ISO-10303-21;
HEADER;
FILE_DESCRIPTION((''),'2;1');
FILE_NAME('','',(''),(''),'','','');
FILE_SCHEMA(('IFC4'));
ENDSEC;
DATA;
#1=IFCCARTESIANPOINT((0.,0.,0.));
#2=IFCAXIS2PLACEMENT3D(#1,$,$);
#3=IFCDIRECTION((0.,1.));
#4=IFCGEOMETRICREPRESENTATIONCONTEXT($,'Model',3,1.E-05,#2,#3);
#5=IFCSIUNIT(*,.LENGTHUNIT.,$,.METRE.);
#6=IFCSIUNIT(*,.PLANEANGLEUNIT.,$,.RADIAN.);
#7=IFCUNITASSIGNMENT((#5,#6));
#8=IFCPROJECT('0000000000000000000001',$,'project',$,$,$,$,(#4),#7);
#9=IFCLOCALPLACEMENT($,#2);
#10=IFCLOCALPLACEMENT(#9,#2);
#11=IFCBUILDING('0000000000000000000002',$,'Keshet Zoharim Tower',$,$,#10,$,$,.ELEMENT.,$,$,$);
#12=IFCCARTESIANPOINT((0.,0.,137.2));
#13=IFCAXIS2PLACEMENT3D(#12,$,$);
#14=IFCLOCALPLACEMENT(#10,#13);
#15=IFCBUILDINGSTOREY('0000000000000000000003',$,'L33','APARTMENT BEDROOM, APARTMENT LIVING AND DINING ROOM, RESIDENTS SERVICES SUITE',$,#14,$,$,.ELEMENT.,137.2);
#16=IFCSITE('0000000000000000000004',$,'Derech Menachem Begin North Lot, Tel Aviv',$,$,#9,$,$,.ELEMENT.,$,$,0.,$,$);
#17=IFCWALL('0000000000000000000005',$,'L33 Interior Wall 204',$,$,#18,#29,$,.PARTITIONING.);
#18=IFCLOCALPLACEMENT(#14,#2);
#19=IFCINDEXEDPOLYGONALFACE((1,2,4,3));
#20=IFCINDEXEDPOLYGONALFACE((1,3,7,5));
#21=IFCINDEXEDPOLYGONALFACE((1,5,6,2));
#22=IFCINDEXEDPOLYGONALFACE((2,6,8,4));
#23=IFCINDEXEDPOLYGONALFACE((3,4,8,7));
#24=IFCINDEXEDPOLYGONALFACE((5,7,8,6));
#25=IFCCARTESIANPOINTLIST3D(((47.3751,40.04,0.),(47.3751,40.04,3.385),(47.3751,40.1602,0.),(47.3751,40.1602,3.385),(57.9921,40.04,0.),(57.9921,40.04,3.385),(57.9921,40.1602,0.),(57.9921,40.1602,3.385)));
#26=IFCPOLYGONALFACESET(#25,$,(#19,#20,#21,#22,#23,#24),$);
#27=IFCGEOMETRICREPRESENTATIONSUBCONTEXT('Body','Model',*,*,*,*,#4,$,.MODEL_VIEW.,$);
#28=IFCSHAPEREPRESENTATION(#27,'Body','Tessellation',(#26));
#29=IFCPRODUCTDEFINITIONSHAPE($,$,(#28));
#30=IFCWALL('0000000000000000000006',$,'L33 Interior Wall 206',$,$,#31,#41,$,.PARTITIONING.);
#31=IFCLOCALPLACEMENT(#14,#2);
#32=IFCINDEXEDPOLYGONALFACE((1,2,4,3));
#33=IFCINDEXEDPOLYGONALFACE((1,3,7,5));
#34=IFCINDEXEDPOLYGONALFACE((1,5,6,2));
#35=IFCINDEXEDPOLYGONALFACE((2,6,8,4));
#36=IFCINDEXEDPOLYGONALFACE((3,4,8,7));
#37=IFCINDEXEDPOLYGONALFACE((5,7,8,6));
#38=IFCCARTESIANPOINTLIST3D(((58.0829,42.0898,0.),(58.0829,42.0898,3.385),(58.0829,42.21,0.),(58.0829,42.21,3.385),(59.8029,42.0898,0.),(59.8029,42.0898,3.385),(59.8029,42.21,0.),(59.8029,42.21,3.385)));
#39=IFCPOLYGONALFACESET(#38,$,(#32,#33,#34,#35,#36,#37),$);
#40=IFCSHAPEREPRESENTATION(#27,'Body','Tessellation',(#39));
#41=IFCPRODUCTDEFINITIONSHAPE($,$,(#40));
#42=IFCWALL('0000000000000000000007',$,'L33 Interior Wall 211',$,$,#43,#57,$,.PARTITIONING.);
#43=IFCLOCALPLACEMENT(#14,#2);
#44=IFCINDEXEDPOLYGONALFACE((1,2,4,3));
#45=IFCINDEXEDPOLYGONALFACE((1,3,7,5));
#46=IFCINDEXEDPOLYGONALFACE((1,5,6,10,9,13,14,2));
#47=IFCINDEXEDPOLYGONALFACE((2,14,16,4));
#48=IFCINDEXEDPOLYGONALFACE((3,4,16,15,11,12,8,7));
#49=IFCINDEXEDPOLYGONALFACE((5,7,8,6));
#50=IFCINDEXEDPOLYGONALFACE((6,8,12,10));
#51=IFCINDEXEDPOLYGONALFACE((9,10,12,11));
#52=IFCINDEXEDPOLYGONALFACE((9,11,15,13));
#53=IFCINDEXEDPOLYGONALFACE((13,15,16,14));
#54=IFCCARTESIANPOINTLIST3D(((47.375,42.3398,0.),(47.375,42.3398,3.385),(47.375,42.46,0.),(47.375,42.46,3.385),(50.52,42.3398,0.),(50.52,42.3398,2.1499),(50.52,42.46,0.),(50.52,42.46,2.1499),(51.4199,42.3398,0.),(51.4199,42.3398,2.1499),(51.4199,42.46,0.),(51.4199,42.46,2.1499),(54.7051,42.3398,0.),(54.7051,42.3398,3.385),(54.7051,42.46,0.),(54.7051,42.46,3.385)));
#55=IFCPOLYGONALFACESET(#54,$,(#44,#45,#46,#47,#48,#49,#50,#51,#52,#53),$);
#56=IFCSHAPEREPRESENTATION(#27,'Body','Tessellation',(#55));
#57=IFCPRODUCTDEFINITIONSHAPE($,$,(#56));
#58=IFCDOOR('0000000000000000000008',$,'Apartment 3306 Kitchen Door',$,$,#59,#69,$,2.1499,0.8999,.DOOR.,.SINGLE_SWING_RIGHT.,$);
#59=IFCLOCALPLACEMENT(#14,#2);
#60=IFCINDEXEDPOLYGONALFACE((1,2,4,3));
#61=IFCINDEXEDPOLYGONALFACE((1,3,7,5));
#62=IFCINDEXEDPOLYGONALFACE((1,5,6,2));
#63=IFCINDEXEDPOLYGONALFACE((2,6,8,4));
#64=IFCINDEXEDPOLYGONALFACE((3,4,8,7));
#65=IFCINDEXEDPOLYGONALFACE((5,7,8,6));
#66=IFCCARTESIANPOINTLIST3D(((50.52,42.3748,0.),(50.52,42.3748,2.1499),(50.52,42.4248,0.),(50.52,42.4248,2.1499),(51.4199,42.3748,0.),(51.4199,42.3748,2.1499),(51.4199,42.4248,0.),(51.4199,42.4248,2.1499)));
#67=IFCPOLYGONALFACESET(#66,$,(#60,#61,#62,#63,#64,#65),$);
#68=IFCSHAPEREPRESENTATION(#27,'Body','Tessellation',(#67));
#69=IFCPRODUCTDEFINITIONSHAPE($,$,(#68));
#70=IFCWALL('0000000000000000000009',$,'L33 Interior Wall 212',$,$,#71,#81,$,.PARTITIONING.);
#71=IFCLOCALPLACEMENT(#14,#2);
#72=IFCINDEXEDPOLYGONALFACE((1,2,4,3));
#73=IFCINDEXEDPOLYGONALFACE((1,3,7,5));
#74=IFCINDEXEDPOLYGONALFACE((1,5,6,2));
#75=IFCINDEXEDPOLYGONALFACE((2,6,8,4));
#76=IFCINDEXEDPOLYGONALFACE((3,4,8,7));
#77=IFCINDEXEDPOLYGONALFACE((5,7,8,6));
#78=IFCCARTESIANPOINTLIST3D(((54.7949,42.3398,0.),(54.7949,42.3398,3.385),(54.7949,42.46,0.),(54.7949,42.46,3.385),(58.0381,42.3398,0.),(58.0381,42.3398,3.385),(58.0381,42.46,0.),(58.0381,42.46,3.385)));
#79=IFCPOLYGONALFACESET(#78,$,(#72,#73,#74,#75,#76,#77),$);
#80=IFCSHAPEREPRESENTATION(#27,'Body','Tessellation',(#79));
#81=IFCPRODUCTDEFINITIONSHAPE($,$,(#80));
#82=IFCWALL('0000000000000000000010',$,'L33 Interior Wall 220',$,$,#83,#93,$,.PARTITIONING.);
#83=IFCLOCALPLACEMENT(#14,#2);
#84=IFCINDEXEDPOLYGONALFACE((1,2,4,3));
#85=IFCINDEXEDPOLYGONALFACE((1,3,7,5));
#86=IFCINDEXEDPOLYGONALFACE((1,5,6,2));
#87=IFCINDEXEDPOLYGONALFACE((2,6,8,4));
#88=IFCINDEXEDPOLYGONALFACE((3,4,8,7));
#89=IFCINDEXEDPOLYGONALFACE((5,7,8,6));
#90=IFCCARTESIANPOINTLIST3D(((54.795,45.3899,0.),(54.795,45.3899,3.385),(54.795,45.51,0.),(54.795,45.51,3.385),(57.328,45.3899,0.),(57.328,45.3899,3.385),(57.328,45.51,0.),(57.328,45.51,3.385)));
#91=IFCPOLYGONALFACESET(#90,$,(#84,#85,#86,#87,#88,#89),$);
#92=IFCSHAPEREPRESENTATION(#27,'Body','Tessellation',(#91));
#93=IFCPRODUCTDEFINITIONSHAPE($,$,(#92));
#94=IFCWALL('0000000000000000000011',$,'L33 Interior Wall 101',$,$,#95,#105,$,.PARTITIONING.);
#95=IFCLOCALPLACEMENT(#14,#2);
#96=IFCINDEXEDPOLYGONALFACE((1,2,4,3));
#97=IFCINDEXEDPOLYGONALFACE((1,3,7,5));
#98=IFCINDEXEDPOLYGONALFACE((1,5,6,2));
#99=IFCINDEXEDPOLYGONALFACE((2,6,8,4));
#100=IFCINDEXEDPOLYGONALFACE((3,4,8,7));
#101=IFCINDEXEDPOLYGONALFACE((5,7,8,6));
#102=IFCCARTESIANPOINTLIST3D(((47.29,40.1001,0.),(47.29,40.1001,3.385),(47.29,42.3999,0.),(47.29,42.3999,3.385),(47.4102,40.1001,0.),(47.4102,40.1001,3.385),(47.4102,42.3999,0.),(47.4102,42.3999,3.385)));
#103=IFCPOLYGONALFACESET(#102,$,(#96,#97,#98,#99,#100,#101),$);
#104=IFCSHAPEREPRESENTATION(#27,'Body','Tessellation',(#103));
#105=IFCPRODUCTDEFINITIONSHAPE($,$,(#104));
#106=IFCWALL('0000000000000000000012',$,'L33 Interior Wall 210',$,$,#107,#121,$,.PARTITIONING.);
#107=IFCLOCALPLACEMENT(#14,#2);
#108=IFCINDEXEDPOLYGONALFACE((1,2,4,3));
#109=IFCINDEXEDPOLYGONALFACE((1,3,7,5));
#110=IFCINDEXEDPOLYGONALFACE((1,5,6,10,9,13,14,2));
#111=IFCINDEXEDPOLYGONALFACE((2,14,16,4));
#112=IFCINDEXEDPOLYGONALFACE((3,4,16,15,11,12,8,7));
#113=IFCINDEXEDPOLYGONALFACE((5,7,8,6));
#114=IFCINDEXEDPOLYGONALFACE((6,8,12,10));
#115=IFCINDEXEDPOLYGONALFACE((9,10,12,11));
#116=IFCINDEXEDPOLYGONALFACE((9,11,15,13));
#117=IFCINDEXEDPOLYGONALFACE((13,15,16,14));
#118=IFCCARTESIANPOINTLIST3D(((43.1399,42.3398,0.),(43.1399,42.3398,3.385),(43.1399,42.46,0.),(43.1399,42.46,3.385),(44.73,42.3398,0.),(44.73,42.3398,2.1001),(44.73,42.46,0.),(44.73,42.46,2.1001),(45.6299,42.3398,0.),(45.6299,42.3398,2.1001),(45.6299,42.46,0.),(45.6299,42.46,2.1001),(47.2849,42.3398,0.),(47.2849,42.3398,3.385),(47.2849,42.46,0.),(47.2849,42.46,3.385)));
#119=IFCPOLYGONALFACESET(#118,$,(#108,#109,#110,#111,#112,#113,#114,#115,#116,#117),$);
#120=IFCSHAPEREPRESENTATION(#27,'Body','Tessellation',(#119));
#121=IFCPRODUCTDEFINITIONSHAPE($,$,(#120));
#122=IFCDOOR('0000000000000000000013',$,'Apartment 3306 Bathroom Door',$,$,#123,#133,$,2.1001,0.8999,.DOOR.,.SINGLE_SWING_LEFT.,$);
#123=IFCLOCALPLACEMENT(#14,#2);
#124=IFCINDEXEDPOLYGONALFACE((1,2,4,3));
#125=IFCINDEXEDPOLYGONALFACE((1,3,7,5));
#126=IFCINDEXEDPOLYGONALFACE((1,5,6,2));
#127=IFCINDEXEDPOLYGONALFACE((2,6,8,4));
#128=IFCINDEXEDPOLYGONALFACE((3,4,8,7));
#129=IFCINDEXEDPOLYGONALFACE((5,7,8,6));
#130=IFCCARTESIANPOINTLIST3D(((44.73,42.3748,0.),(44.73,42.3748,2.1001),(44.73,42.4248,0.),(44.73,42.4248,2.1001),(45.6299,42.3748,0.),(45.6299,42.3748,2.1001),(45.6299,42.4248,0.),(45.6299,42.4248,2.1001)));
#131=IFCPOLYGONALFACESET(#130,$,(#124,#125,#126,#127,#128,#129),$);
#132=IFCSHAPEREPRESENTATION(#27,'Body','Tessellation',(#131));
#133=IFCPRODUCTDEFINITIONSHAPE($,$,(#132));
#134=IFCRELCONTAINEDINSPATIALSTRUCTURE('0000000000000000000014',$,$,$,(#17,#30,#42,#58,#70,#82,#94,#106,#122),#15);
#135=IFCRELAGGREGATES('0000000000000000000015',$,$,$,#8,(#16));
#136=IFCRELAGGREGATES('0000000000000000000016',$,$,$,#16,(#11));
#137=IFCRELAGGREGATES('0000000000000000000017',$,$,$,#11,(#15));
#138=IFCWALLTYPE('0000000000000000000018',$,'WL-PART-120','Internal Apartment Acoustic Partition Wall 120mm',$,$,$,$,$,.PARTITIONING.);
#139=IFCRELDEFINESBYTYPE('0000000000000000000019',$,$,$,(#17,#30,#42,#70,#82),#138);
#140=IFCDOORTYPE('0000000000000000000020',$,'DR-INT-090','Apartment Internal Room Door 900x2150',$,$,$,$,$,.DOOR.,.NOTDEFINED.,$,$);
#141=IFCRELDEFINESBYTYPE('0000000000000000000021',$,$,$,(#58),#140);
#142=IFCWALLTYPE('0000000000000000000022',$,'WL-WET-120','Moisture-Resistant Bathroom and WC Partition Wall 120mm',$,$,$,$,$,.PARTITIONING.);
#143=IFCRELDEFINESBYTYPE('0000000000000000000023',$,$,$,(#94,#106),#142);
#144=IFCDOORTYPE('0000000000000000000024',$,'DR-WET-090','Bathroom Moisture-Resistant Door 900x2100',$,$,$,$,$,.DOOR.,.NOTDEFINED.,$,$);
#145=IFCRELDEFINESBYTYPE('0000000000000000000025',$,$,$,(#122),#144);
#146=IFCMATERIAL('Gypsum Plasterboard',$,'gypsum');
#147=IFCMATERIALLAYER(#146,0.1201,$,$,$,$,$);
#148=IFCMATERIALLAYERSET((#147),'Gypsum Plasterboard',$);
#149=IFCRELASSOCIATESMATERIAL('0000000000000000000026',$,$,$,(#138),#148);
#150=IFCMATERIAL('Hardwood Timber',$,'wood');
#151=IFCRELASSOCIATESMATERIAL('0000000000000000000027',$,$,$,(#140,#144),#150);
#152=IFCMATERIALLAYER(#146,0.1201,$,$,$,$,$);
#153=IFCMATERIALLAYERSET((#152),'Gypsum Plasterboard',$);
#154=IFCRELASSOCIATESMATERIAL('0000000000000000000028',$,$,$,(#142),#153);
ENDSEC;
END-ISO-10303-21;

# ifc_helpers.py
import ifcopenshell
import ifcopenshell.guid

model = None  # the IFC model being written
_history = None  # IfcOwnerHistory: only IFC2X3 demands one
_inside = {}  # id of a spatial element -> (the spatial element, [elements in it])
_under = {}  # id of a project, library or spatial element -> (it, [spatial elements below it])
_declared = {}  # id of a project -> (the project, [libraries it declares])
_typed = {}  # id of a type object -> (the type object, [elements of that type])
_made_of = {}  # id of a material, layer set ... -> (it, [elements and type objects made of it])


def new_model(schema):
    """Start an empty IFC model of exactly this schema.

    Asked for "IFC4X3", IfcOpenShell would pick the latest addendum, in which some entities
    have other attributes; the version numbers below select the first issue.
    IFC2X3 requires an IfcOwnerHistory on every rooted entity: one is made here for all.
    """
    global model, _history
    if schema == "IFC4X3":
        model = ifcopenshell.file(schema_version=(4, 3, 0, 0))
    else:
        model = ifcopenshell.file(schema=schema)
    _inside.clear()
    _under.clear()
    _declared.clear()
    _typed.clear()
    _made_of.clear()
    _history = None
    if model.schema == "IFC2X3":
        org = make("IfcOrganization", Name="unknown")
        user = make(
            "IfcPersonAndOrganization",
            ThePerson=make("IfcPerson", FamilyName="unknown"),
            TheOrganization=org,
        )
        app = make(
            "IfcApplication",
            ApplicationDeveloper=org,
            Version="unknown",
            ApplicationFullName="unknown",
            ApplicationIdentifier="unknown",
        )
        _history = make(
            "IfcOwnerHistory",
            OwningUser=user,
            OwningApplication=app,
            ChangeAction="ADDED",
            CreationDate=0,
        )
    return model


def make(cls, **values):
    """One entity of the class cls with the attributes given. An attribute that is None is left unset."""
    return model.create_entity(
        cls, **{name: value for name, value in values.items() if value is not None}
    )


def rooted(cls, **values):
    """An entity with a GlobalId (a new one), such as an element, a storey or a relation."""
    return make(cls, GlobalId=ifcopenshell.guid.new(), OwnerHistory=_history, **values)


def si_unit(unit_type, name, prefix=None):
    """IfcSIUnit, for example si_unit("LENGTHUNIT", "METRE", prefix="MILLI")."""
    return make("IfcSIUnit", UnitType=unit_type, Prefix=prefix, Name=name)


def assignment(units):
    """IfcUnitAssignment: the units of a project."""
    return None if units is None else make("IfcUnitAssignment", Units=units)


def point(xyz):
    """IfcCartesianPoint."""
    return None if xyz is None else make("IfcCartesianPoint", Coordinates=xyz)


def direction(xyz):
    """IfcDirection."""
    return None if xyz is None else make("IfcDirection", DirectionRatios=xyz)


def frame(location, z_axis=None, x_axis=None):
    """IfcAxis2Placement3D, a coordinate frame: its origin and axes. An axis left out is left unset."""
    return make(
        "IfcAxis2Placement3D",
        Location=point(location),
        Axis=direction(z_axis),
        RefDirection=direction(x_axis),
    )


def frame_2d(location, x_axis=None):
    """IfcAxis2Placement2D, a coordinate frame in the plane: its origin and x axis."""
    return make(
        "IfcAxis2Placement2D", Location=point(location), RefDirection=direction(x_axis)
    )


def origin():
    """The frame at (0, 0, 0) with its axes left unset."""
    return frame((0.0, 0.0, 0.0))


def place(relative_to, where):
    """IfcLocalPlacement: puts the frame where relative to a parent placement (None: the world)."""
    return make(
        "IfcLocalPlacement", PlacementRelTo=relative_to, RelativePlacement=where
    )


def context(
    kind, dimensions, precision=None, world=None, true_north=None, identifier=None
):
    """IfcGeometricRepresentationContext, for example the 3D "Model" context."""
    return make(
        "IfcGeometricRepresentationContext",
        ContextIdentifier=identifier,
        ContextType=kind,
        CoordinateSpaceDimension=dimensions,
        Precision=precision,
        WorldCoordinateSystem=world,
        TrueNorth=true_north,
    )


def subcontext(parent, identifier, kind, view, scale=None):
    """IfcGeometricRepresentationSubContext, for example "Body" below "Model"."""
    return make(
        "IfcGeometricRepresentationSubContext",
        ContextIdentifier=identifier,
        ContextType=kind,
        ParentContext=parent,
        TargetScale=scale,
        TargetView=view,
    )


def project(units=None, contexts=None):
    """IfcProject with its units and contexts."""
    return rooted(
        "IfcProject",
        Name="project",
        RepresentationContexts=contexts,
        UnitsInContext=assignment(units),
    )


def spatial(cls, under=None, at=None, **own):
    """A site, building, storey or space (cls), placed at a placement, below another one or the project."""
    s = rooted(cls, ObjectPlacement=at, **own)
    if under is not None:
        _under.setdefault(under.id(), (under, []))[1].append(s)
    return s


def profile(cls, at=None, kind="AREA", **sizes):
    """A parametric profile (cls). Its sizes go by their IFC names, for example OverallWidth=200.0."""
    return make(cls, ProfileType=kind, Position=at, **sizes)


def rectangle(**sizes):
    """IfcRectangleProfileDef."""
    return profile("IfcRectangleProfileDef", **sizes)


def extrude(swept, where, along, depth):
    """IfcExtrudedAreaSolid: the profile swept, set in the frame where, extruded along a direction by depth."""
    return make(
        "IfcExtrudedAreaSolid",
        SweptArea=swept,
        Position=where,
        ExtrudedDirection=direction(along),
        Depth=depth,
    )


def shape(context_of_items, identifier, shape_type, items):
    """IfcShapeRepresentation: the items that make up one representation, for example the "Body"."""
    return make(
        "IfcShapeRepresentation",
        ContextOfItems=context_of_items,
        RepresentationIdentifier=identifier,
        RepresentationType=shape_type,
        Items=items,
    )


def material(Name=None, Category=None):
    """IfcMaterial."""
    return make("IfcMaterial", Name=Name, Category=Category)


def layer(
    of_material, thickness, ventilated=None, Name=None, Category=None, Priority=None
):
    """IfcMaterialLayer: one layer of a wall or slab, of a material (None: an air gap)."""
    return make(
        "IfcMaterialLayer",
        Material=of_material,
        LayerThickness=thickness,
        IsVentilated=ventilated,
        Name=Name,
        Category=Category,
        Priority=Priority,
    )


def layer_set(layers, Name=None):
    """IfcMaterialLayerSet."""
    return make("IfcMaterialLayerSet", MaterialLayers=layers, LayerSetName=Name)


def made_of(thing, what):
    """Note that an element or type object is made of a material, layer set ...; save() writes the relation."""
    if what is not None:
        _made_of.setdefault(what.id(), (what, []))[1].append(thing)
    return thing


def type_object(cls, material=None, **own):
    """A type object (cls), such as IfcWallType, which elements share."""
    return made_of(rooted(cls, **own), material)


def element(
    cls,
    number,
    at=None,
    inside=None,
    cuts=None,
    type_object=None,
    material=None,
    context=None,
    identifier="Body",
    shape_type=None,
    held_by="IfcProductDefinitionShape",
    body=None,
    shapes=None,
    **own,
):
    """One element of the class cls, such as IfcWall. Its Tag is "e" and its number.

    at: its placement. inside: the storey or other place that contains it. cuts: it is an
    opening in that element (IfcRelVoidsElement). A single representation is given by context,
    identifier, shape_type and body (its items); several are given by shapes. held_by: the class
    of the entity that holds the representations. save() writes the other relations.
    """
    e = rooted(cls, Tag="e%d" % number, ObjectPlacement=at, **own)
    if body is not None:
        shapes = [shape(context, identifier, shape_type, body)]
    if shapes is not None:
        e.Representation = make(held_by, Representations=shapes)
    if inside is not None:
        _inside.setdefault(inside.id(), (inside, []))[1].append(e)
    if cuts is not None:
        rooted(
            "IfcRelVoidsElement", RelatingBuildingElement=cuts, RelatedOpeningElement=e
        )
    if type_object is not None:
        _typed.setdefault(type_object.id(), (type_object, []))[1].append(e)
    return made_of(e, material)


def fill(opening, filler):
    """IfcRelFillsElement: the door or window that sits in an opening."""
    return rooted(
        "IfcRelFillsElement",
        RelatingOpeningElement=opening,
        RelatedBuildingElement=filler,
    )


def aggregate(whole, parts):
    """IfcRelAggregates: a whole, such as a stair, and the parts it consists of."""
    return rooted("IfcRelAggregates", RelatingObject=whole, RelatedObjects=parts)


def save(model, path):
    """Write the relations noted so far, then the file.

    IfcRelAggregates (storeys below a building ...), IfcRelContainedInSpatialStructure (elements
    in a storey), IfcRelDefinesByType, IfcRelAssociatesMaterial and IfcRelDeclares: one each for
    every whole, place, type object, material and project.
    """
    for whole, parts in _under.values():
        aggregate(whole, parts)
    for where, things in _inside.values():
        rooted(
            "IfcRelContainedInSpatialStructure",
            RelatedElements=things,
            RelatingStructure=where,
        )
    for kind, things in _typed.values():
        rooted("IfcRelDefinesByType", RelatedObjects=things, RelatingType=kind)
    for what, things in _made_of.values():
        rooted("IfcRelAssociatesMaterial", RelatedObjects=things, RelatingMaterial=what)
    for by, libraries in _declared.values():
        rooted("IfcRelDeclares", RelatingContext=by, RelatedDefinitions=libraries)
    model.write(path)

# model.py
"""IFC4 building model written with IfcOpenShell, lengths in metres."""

from ifc_helpers import new_model, si_unit, direction, frame, frame_2d, origin, place, context, subcontext, project, spatial, rectangle, extrude, material, layer, layer_set, type_object, element, fill, save


model = new_model("IFC4")

# Units and contexts
model_context = context("Model", 3, precision=1e-05, world=origin(), true_north=direction((0.0, 1.0)))
body_context = subcontext(model_context, "Body", "Model", "MODEL_VIEW")
ifc_project = project(units=[si_unit("LENGTHUNIT", "METRE"), si_unit("PLANEANGLEUNIT", "RADIAN")], contexts=[model_context])

# Site, building, storey
site_placement = place(None, origin())
site = spatial("IfcSite", under=ifc_project, at=site_placement, Name="Derech Menachem Begin North Lot, Tel Aviv", CompositionType="ELEMENT", RefElevation=0.0)
building_placement = place(site_placement, origin())
building = spatial("IfcBuilding", under=site, at=building_placement, Name="Keshet Zoharim Tower", CompositionType="ELEMENT")
storey_placement = place(building_placement, frame((0.0, 0.0, 137.2)))
storey = spatial("IfcBuildingStorey", under=building, at=storey_placement, Name="L33", Description="APARTMENT BEDROOM, APARTMENT LIVING AND DINING ROOM, RESIDENTS SERVICES SUITE", CompositionType="ELEMENT", Elevation=137.2)

# Shared definitions
ifc_material_1 = material(Name="Gypsum Plasterboard", Category="gypsum")
ifc_layer_1 = layer(ifc_material_1, 0.1201)
ifc_layer_set_1 = layer_set([ifc_layer_1], Name="Gypsum Plasterboard")
wall_type_1 = type_object("IfcWallType", Name="WL-PART-120", Description="Internal Apartment Acoustic Partition Wall 120mm", PredefinedType="PARTITIONING", material=ifc_layer_set_1)

# Shared definitions
ifc_material_2 = material(Name="Hardwood Timber", Category="wood")
door_type_1 = type_object("IfcDoorType", Name="DR-INT-090", Description="Apartment Internal Room Door 900x2150", OperationType="NOTDEFINED", PredefinedType="DOOR", material=ifc_material_2)

# Walls
wall_1_placement = place(storey_placement, frame((47.375, 40.1001, 0.0), z_axis=(0.0, 0.0, 1.0), x_axis=(1.0, 0.0, 0.0)))
element("IfcWall", 1, at=wall_1_placement, inside=storey, type_object=wall_type_1, Name="L33 Interior Wall 204", PredefinedType="PARTITIONING", context=body_context, shape_type="SweptSolid", body=[
    extrude(rectangle(XDim=10.6169, YDim=0.1201, at=frame_2d((5.3086, 0.0))), origin(), (0.0, 0.0, 1.0), 3.385),
])
wall_2_placement = place(storey_placement, frame((58.083, 42.1499, 0.0), z_axis=(0.0, 0.0, 1.0), x_axis=(1.0, 0.0, 0.0)))
element("IfcWall", 2, at=wall_2_placement, inside=storey, type_object=wall_type_1, Name="L33 Interior Wall 206", PredefinedType="PARTITIONING", context=body_context, shape_type="SweptSolid", body=[
    extrude(rectangle(XDim=1.72, YDim=0.1201, at=frame_2d((0.8599, 0.0))), origin(), (0.0, 0.0, 1.0), 3.385),
])

# Wall, opening, door
wall_3_placement = place(storey_placement, frame((47.375, 42.3999, 0.0), z_axis=(0.0, 0.0, 1.0), x_axis=(1.0, 0.0, 0.0)))
wall_3 = element("IfcWall", 3, at=wall_3_placement, inside=storey, type_object=wall_type_1, Name="L33 Interior Wall 211", PredefinedType="PARTITIONING", context=body_context, shape_type="SweptSolid", body=[
    extrude(rectangle(XDim=7.3301, YDim=0.1201, at=frame_2d((3.665, 0.0))), origin(), (0.0, 0.0, 1.0), 3.385),
])
opening_1_placement = place(wall_3_placement, frame((3.145, 0.0, 0.0)))
opening_1 = element("IfcOpeningElement", 4, at=opening_1_placement, cuts=wall_3, PredefinedType="OPENING", context=body_context, shape_type="SweptSolid", body=[
    extrude(rectangle(XDim=0.8999, YDim=2.1499, at=frame_2d((0.45, 1.075))), frame((0.0, 0.0701, 0.0), z_axis=(0.0, -1.0, 0.0), x_axis=(1.0, 0.0, 0.0)), (0.0, 0.0, 1.0), 0.1401),
])
door_1_placement = place(opening_1_placement, origin())
door_1 = element("IfcDoor", 5, at=door_1_placement, inside=storey, type_object=door_type_1, Name="Apartment 3306 Kitchen Door", OperationType="SINGLE_SWING_RIGHT", OverallHeight=2.1499, OverallWidth=0.8999, PredefinedType="DOOR", context=body_context, shape_type="SweptSolid", body=[
    extrude(rectangle(XDim=0.8999, YDim=2.1499, at=frame_2d((0.45, 1.075))), frame((0.0, 0.0249, 0.0), z_axis=(0.0, -1.0, 0.0), x_axis=(1.0, 0.0, 0.0)), (0.0, 0.0, 1.0), 0.05),
])
fill(opening_1, door_1)

# Walls
wall_4_placement = place(storey_placement, frame((54.7949, 42.3999, 0.0), z_axis=(0.0, 0.0, 1.0), x_axis=(1.0, 0.0, 0.0)))
element("IfcWall", 6, at=wall_4_placement, inside=storey, type_object=wall_type_1, Name="L33 Interior Wall 212", PredefinedType="PARTITIONING", context=body_context, shape_type="SweptSolid", body=[
    extrude(rectangle(XDim=3.2432, YDim=0.1201, at=frame_2d((1.6216, 0.0))), origin(), (0.0, 0.0, 1.0), 3.385),
])
wall_5_placement = place(storey_placement, frame((54.7949, 45.45, 0.0), z_axis=(0.0, 0.0, 1.0), x_axis=(1.0, 0.0, 0.0)))
element("IfcWall", 7, at=wall_5_placement, inside=storey, type_object=wall_type_1, Name="L33 Interior Wall 220", PredefinedType="PARTITIONING", context=body_context, shape_type="SweptSolid", body=[
    extrude(rectangle(XDim=2.533, YDim=0.1201, at=frame_2d((1.2666, 0.0))), origin(), (0.0, 0.0, 1.0), 3.385),
])
ifc_layer_2 = layer(ifc_material_1, 0.1201)
ifc_layer_set_2 = layer_set([ifc_layer_2], Name="Gypsum Plasterboard")
wall_type_2 = type_object("IfcWallType", Name="WL-WET-120", Description="Moisture-Resistant Bathroom and WC Partition Wall 120mm", PredefinedType="PARTITIONING", material=ifc_layer_set_2)
wall_6_placement = place(storey_placement, frame((47.3501, 40.1001, 0.0), z_axis=(0.0, 0.0, 1.0), x_axis=(0.0, 1.0, 0.0)))
element("IfcWall", 8, at=wall_6_placement, inside=storey, type_object=wall_type_2, Name="L33 Interior Wall 101", PredefinedType="PARTITIONING", context=body_context, shape_type="SweptSolid", body=[
    extrude(rectangle(XDim=2.2998, YDim=0.1201, at=frame_2d((1.1499, 0.0))), origin(), (0.0, 0.0, 1.0), 3.385),
])

# Wall, opening, door
wall_7_placement = place(storey_placement, frame((43.1399, 42.3999, 0.0), z_axis=(0.0, 0.0, 1.0), x_axis=(1.0, 0.0, 0.0)))
wall_7 = element("IfcWall", 9, at=wall_7_placement, inside=storey, type_object=wall_type_2, Name="L33 Interior Wall 210", PredefinedType="PARTITIONING", context=body_context, shape_type="SweptSolid", body=[
    extrude(rectangle(XDim=4.145, YDim=0.1201, at=frame_2d((2.0725, 0.0))), origin(), (0.0, 0.0, 1.0), 3.385),
])
opening_2_placement = place(wall_7_placement, frame((1.5901, 0.0, 0.0)))
opening_2 = element("IfcOpeningElement", 10, at=opening_2_placement, cuts=wall_7, PredefinedType="OPENING", context=body_context, shape_type="SweptSolid", body=[
    extrude(rectangle(XDim=0.8999, YDim=2.1001, at=frame_2d((0.45, 1.05))), frame((0.0, 0.0701, 0.0), z_axis=(0.0, -1.0, 0.0), x_axis=(1.0, 0.0, 0.0)), (0.0, 0.0, 1.0), 0.1401),
])
door_type_2 = type_object("IfcDoorType", Name="DR-WET-090", Description="Bathroom Moisture-Resistant Door 900x2100", OperationType="NOTDEFINED", PredefinedType="DOOR", material=ifc_material_2)
door_2_placement = place(opening_2_placement, origin())
door_2 = element("IfcDoor", 11, at=door_2_placement, inside=storey, type_object=door_type_2, Name="Apartment 3306 Bathroom Door", OperationType="SINGLE_SWING_LEFT", OverallHeight=2.1001, OverallWidth=0.8999, PredefinedType="DOOR", context=body_context, shape_type="SweptSolid", body=[
    extrude(rectangle(XDim=0.8999, YDim=2.1001, at=frame_2d((0.45, 1.05))), frame((0.0, 0.0249, 0.0), z_axis=(0.0, -1.0, 0.0), x_axis=(1.0, 0.0, 0.0)), (0.0, 0.0, 1.0), 0.05),
])
fill(opening_2, door_2)

save(model, "model.ifc")
